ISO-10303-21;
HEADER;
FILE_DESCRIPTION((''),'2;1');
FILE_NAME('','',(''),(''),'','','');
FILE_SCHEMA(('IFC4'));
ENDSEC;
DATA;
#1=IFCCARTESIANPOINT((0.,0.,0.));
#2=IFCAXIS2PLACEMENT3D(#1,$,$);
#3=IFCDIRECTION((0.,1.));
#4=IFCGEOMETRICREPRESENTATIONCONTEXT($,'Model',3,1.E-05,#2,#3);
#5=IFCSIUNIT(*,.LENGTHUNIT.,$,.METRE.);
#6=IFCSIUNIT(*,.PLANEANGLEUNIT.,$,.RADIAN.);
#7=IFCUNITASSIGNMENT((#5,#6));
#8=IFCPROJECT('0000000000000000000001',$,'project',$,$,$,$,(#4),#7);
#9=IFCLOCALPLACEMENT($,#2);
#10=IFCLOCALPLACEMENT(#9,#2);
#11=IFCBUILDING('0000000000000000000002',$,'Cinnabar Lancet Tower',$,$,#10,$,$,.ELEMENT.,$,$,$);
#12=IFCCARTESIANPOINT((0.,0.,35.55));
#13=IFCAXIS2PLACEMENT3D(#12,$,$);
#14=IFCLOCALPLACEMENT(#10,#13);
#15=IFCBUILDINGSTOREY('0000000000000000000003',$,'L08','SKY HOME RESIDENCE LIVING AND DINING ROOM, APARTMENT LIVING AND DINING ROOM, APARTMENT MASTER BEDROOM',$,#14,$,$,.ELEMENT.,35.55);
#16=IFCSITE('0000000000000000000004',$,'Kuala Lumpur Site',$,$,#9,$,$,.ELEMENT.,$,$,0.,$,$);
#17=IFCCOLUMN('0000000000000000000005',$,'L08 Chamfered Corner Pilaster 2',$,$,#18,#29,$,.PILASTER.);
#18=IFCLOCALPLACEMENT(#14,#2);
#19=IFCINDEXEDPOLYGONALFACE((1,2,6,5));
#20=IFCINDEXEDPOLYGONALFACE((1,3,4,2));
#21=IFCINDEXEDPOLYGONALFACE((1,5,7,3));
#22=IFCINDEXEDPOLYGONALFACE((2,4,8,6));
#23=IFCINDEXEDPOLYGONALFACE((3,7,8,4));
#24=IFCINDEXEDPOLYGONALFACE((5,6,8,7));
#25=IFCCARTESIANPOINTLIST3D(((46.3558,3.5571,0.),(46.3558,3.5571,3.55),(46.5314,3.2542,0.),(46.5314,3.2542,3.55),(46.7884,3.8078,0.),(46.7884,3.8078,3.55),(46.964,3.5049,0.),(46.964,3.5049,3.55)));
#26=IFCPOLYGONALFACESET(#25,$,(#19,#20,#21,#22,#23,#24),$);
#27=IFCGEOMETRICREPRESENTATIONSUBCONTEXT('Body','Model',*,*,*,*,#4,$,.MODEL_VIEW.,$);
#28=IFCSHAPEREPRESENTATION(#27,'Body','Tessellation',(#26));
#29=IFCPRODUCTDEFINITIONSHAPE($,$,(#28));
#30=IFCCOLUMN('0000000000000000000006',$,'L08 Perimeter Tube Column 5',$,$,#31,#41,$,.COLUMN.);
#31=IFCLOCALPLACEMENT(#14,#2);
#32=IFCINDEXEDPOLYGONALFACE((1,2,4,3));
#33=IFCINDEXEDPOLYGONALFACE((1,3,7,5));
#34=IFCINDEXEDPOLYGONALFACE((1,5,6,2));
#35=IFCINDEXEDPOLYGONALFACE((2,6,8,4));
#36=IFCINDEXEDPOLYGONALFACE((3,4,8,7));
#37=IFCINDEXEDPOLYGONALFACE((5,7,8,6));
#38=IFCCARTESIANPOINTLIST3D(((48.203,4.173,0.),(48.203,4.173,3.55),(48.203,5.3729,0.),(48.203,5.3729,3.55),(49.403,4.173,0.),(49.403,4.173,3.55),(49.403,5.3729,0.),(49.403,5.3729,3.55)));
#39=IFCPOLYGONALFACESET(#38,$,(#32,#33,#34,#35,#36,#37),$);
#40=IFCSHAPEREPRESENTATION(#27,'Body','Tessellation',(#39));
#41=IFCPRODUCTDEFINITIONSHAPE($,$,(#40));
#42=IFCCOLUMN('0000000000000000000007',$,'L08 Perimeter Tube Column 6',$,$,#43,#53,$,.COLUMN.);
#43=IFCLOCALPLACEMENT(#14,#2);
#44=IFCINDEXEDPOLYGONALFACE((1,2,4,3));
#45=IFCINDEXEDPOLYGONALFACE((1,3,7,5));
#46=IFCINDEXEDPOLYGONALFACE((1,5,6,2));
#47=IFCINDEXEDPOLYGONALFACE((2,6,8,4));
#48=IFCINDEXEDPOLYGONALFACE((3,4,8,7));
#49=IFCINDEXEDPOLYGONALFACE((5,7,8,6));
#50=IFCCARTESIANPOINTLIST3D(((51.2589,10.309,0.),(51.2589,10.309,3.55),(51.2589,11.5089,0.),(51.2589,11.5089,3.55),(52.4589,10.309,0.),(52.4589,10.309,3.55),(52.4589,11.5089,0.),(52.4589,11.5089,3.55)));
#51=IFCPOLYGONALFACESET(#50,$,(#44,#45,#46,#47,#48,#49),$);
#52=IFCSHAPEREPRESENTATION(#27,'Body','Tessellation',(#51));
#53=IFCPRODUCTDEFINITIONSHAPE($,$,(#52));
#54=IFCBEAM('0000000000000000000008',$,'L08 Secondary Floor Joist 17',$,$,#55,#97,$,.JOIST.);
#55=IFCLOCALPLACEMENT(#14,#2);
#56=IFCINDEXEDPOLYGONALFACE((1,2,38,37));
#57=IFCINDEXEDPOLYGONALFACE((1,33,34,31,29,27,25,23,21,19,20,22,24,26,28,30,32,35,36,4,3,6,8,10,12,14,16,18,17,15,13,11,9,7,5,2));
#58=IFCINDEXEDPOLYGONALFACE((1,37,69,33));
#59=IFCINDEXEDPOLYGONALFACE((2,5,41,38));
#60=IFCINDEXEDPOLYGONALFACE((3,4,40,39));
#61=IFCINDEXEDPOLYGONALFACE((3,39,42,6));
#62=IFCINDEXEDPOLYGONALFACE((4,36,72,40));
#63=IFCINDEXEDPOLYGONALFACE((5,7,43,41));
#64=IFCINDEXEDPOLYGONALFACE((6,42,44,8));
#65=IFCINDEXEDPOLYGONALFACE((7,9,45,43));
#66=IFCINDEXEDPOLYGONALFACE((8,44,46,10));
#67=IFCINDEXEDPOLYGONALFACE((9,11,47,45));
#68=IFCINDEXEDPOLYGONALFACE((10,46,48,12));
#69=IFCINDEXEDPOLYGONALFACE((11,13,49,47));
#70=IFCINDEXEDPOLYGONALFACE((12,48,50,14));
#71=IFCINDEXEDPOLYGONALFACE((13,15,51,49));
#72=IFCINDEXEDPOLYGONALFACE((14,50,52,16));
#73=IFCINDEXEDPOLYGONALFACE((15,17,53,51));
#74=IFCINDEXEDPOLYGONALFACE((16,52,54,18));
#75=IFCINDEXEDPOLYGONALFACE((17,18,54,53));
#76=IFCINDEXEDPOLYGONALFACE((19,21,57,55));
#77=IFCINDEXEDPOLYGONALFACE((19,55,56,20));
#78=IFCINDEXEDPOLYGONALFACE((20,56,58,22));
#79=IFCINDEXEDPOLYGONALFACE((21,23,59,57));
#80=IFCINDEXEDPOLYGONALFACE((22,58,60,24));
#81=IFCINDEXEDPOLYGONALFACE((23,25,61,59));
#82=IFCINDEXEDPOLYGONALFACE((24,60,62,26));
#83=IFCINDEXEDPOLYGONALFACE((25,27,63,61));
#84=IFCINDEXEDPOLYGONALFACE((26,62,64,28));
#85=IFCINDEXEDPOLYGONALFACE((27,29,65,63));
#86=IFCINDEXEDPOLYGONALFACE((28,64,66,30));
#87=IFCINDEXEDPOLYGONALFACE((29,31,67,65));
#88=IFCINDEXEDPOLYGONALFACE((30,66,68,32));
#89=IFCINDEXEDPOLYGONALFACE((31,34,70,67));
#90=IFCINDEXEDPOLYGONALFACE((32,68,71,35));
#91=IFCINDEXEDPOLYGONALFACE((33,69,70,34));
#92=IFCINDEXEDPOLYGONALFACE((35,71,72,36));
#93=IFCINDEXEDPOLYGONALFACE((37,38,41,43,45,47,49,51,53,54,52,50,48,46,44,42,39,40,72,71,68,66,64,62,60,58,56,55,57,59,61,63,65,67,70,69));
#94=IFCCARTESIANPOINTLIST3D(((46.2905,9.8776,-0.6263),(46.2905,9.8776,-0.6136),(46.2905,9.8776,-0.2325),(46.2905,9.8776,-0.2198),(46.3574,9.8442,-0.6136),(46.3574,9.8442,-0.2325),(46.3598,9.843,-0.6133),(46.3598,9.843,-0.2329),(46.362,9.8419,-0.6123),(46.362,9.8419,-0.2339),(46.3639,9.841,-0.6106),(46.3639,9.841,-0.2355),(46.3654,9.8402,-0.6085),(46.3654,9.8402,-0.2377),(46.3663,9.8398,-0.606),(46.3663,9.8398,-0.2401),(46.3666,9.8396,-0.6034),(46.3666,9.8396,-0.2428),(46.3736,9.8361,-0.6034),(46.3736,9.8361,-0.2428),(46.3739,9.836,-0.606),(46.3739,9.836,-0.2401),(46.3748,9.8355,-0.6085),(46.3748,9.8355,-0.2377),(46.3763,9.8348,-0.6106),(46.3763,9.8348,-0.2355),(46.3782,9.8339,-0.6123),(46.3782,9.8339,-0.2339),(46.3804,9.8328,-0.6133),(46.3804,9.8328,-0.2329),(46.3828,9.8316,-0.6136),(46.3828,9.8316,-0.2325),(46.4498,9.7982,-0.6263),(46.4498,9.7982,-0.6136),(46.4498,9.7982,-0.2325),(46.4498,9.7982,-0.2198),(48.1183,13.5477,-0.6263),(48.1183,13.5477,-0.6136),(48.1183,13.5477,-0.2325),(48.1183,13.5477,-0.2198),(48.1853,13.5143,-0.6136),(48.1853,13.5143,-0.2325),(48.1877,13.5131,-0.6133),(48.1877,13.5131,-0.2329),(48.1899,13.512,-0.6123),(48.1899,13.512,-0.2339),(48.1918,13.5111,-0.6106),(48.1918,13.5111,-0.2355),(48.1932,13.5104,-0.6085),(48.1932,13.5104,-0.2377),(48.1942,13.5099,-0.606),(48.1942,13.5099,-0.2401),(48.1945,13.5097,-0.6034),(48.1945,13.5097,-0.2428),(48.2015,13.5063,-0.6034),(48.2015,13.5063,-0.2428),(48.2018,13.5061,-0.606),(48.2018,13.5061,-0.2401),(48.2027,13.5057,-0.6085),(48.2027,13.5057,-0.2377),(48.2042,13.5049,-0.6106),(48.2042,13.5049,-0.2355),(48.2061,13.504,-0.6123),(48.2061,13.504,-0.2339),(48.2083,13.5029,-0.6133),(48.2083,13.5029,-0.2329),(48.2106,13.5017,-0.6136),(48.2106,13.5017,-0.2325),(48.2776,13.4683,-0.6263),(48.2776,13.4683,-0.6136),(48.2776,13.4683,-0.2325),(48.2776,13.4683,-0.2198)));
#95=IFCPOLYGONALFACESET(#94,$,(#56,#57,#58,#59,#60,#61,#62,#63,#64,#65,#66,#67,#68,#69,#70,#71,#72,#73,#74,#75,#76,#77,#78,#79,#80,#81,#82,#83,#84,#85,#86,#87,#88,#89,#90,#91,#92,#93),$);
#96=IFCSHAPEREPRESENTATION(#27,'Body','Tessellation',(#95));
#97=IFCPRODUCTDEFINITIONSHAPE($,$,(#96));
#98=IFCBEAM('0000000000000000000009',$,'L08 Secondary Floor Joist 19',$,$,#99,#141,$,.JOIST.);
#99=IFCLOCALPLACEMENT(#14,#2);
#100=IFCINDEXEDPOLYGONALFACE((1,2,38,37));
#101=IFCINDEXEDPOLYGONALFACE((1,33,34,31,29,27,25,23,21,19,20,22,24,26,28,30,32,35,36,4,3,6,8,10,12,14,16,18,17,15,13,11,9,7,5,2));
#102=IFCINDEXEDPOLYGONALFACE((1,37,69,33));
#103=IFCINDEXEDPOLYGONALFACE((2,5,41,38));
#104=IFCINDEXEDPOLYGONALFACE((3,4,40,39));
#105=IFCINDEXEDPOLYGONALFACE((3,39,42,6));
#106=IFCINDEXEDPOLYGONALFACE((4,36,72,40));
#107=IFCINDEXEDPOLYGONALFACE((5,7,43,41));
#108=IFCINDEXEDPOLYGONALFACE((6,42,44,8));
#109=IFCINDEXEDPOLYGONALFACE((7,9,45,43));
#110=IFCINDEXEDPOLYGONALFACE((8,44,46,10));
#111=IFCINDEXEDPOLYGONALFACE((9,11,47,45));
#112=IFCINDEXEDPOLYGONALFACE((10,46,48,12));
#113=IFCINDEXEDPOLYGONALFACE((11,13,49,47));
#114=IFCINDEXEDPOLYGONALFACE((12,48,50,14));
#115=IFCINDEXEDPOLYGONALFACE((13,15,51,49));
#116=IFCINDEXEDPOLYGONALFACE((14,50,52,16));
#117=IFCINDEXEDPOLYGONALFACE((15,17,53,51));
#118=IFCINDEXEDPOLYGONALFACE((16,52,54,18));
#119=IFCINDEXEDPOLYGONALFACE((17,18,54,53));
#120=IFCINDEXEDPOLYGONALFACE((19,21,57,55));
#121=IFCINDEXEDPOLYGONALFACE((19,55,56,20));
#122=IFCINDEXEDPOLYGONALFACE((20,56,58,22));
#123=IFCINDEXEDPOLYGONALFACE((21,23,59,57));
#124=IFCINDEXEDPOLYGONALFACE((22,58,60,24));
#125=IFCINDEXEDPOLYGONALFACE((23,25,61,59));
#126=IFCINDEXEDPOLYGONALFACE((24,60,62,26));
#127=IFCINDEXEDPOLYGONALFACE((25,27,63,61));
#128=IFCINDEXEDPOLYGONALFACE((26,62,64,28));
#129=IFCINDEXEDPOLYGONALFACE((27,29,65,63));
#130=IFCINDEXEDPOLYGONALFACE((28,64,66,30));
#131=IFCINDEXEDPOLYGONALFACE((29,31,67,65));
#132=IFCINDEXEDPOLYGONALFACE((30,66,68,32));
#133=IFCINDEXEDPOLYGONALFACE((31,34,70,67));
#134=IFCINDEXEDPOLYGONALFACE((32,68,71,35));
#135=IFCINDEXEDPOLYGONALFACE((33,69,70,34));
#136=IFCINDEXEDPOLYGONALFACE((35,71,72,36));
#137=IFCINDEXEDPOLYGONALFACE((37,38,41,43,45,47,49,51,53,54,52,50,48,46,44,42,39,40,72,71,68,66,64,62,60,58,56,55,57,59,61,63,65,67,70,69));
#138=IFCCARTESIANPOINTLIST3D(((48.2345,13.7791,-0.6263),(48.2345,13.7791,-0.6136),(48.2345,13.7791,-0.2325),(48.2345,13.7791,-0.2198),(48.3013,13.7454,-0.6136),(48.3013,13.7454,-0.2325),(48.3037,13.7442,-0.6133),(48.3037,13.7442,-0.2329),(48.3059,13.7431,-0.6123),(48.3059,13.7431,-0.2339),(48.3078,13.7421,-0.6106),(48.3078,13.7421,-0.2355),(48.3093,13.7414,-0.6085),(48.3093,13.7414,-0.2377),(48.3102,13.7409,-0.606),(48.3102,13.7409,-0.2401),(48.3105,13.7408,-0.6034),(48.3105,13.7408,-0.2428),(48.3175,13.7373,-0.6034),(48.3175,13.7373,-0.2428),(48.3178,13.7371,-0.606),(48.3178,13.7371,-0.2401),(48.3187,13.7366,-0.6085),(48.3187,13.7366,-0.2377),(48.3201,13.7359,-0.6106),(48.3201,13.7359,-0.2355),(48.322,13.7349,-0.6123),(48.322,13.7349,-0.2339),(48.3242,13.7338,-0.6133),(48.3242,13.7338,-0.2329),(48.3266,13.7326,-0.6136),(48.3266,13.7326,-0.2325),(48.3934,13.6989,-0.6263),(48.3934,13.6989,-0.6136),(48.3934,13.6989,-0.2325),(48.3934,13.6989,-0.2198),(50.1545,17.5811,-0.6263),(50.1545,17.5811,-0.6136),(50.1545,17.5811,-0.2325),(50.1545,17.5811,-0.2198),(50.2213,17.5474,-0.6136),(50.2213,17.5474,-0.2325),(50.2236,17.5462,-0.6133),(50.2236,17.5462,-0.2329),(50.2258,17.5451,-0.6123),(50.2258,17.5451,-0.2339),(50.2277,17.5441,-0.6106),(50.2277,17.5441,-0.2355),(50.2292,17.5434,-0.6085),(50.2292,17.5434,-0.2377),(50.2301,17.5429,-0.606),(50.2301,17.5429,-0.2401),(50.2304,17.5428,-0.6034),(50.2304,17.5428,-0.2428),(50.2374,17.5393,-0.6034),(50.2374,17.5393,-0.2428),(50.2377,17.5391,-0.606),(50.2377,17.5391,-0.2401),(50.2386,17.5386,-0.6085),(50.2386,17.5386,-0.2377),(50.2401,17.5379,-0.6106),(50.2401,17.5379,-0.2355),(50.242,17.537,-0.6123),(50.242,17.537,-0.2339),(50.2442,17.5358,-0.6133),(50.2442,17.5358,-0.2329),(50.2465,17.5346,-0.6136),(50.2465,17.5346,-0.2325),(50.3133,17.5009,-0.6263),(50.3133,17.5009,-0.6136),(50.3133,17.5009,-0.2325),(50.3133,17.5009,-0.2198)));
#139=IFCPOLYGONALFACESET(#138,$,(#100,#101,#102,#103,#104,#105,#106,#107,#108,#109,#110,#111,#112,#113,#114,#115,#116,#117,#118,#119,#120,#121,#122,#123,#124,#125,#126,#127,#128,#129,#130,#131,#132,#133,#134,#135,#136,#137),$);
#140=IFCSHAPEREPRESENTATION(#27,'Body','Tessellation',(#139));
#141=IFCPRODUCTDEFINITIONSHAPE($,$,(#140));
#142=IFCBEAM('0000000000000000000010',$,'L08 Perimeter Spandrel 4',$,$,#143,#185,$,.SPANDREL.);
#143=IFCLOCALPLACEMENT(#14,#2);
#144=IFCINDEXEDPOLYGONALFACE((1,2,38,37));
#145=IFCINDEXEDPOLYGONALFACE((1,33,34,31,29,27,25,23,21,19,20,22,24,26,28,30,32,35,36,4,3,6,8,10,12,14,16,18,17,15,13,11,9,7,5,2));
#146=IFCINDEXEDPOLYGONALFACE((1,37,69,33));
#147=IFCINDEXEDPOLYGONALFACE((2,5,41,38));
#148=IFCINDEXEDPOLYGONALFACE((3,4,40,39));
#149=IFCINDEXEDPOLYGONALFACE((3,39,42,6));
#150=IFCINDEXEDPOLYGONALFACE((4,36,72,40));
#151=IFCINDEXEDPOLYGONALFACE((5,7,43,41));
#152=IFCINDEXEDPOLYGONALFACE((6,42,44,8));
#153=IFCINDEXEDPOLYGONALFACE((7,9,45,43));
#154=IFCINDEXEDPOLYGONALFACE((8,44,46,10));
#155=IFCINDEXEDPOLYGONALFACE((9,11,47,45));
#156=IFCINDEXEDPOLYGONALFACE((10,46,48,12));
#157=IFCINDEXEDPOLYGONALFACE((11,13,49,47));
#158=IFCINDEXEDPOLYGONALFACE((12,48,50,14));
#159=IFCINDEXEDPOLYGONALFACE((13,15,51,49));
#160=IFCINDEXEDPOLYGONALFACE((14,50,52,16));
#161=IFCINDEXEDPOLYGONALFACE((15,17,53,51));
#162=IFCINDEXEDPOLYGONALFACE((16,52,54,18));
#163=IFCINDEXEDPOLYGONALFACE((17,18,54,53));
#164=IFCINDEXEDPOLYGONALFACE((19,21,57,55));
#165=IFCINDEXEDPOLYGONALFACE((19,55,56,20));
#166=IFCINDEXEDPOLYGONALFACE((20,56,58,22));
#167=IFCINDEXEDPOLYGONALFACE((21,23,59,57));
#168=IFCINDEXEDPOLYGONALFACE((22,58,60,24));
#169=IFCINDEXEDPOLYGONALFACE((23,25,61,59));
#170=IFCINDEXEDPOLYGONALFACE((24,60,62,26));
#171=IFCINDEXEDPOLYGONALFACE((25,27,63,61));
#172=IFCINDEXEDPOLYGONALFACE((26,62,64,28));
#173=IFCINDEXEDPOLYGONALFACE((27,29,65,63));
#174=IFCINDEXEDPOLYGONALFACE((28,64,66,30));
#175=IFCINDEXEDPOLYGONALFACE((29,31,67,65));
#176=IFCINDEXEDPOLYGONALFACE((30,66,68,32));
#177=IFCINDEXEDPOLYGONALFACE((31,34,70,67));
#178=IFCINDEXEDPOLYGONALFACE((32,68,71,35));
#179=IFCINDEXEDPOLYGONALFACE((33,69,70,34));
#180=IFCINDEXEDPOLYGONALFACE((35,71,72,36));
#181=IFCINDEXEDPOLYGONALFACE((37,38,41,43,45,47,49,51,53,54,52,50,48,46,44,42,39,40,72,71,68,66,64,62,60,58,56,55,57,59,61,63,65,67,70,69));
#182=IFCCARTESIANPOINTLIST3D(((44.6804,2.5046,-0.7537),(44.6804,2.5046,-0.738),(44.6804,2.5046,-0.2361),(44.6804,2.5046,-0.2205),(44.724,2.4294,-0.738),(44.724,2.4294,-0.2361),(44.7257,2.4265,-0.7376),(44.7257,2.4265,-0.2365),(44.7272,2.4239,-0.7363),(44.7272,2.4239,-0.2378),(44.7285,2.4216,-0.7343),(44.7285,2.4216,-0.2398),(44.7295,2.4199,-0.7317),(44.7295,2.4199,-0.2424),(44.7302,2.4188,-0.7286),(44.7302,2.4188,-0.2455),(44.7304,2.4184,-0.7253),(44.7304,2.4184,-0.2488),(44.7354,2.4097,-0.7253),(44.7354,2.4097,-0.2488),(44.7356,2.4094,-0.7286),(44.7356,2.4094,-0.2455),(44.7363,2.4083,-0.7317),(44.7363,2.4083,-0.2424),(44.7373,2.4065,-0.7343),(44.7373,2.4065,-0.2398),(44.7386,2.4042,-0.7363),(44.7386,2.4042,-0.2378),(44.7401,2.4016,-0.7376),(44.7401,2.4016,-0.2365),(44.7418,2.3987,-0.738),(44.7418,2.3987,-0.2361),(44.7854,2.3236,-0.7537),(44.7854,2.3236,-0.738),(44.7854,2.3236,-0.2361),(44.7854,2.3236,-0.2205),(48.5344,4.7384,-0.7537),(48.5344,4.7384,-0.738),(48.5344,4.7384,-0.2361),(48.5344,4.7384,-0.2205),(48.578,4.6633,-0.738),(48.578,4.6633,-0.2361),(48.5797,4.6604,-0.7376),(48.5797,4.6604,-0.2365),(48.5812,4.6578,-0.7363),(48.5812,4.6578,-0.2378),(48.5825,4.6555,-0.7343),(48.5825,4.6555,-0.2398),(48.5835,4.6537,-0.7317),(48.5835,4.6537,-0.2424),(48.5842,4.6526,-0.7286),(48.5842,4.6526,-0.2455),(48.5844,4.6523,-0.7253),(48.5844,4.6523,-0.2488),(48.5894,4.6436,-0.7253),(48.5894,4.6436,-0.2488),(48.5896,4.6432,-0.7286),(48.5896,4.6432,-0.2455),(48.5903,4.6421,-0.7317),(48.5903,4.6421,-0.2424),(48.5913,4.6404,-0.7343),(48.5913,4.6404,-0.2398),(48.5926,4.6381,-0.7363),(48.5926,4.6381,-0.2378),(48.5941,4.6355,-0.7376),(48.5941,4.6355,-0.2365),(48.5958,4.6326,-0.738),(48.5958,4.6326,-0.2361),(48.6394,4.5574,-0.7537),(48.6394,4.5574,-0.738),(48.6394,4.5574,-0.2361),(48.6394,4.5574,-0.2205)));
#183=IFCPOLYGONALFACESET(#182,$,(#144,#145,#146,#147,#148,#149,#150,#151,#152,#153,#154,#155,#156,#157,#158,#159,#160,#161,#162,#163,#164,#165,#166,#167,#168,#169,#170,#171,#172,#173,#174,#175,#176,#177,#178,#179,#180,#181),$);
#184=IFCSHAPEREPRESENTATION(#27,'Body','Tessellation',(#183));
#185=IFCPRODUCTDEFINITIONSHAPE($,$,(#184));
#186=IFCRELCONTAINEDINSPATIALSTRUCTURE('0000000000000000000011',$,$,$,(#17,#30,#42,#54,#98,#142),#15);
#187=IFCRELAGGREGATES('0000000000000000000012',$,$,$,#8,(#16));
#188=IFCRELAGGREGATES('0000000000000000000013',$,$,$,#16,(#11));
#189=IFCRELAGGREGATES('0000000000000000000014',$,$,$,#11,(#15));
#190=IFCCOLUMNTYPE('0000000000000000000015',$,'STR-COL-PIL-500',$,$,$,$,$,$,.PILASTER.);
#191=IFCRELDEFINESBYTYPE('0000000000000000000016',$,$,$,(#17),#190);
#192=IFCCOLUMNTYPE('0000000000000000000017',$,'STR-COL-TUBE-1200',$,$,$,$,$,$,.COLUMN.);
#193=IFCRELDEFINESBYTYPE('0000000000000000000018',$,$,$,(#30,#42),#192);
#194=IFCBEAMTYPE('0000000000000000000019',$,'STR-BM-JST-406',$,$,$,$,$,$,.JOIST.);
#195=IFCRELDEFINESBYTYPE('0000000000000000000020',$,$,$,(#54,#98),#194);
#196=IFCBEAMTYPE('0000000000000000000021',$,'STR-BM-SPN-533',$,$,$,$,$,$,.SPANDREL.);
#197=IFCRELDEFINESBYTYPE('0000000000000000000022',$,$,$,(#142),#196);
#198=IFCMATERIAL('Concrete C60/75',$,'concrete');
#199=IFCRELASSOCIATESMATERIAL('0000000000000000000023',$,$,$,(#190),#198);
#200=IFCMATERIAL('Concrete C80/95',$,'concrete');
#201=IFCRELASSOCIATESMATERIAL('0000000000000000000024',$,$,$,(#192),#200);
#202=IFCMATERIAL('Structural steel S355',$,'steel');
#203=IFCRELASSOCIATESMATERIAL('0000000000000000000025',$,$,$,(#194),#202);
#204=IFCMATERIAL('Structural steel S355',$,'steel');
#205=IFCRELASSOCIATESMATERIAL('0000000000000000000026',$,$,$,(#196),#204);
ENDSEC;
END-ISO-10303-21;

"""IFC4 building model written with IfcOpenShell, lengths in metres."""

from ifc_helpers import new_model, si_unit, direction, frame, origin, origin_2d, place, context, subcontext, project, spatial, rectangle, i_section, extrude, material, material_profile, profile_set, type_object, element, save


model = new_model("IFC4")

# Units and contexts
model_context = context("Model", 3, precision=1e-05, world=origin(), true_north=direction((0.0, 1.0)))
body_context = subcontext(model_context, "Body", "Model", "MODEL_VIEW")
ifc_project = project(units=[si_unit("LENGTHUNIT", "METRE"), si_unit("PLANEANGLEUNIT", "RADIAN")], contexts=[model_context])

# Site, building, storey
site_placement = place(None, origin())
site = spatial("IfcSite", under=ifc_project, at=site_placement, Name="Kuala Lumpur Site", CompositionType="ELEMENT", RefElevation=0.0)
building_placement = place(site_placement, origin())
building = spatial("IfcBuilding", under=site, at=building_placement, Name="Cinnabar Lancet Tower", CompositionType="ELEMENT")
storey_placement = place(building_placement, frame((0.0, 0.0, 35.55)))
storey = spatial("IfcBuildingStorey", under=building, at=storey_placement, Name="L08", Description="SKY HOME RESIDENCE LIVING AND DINING ROOM, APARTMENT LIVING AND DINING ROOM, APARTMENT MASTER BEDROOM", CompositionType="ELEMENT", Elevation=35.55)

# Columns
ifc_material_1 = material(Name="Concrete C60/75", Category="concrete")
ifc_material_profile_1 = material_profile(ifc_material_1, rectangle(XDim=0.5, YDim=0.3501, at=origin_2d()), Name="RC-PIL 500x350")
ifc_profile_set_1 = profile_set([ifc_material_profile_1], Name="Concrete C60/75")
column_type_1 = type_object("IfcColumnType", Name="STR-COL-PIL-500", PredefinedType="PILASTER", material=ifc_profile_set_1)
column_placement = place(storey_placement, frame((46.6599, 3.531, 0.0), z_axis=(0.0, 0.0, 1.0), x_axis=(0.865195, 0.501435, 0.0)))
element("IfcColumn", 1, at=column_placement, inside=storey, type_object=column_type_1, Name="L08 Chamfered Corner Pilaster 2", PredefinedType="PILASTER", context=body_context, shape_type="SweptSolid", body=[
    extrude(rectangle(XDim=0.5, YDim=0.3501, at=origin_2d()), origin(), (0.0, 0.0, 1.0), 3.55),
])
ifc_material_2 = material(Name="Concrete C80/95", Category="concrete")
ifc_material_profile_2 = material_profile(ifc_material_2, rectangle(XDim=1.2, YDim=1.2, at=origin_2d()), Name="RC-COL 1200x1200")
ifc_profile_set_2 = profile_set([ifc_material_profile_2], Name="Concrete C80/95")
column_type_2 = type_object("IfcColumnType", Name="STR-COL-TUBE-1200", PredefinedType="COLUMN", material=ifc_profile_set_2)
for number, where, z_axis, x_axis, name in (
    (2, (48.803, 4.7729, 0.0), (0.0, 0.0, 1.0), (1.0, 0.0, 0.0), "L08 Perimeter Tube Column 5"),
    (3, (51.8589, 10.9089, 0.0), (0.0, 0.0, 1.0), (1.0, 0.0, 0.0), "L08 Perimeter Tube Column 6"),
):
    element("IfcColumn", number, at=place(storey_placement, frame(where, z_axis=z_axis, x_axis=x_axis)), inside=storey, type_object=column_type_2, Name=name, PredefinedType="COLUMN", context=body_context, shape_type="SweptSolid", body=[
        extrude(rectangle(XDim=1.2, YDim=1.2, at=origin_2d()), origin(), (0.0, 0.0, 1.0), 3.55),
    ])

# Beams
ifc_material_3 = material(Name="Structural steel S355", Category="steel")
ifc_material_profile_3 = material_profile(ifc_material_3, i_section(OverallWidth=0.178, OverallDepth=0.4065, WebThickness=0.0078, FlangeThickness=0.0127, FilletRadius=0.0103, at=origin_2d()), Name="UKB 406x178x60")
ifc_profile_set_3 = profile_set([ifc_material_profile_3], Name="Structural steel S355")
beam_type_1 = type_object("IfcBeamType", Name="STR-BM-JST-406", PredefinedType="JOIST", material=ifc_profile_set_3)
beam_1_placement = place(storey_placement, frame((46.3701, 9.8379, -0.4231), z_axis=(0.445808, 0.895129, 0.0), x_axis=(-0.895129, 0.445808, 0.0)))
element("IfcBeam", 4, at=beam_1_placement, inside=storey, type_object=beam_type_1, Name="L08 Secondary Floor Joist 17", PredefinedType="JOIST", context=body_context, shape_type="SweptSolid", body=[
    extrude(i_section(OverallWidth=0.178, OverallDepth=0.4065, WebThickness=0.0078, FlangeThickness=0.0127, FilletRadius=0.0103, at=origin_2d()), origin(), (0.0, 0.0, 1.0), 4.1001),
])
beam_2_placement = place(storey_placement, frame((48.314, 13.739, -0.4231), z_axis=(0.450764, 0.892643, 0.0), x_axis=(-0.892643, 0.450764, 0.0)))
element("IfcBeam", 5, at=beam_2_placement, inside=storey, type_object=beam_type_1, Name="L08 Secondary Floor Joist 19", PredefinedType="JOIST", context=body_context, shape_type="SweptSolid", body=[
    extrude(i_section(OverallWidth=0.178, OverallDepth=0.4065, WebThickness=0.0078, FlangeThickness=0.0127, FilletRadius=0.0103, at=origin_2d()), origin(), (0.0, 0.0, 1.0), 4.2593),
])
ifc_material_4 = material(Name="Structural steel S355", Category="steel")
ifc_material_profile_4 = material_profile(ifc_material_4, i_section(OverallWidth=0.2092, OverallDepth=0.5332, WebThickness=0.01, FlangeThickness=0.0156, FilletRadius=0.0127, at=origin_2d()), Name="UKB 533x210x92")
ifc_profile_set_4 = profile_set([ifc_material_profile_4], Name="Structural steel S355")
beam_type_2 = type_object("IfcBeamType", Name="STR-BM-SPN-533", PredefinedType="SPANDREL", material=ifc_profile_set_4)
beam_3_placement = place(storey_placement, frame((44.7329, 2.4141, -0.4871), z_axis=(0.865171, 0.501477, 0.0), x_axis=(-0.501477, 0.865171, 0.0)))
element("IfcBeam", 6, at=beam_3_placement, inside=storey, type_object=beam_type_2, Name="L08 Perimeter Spandrel 4", PredefinedType="SPANDREL", context=body_context, shape_type="SweptSolid", body=[
    extrude(i_section(OverallWidth=0.2092, OverallDepth=0.5332, WebThickness=0.01, FlangeThickness=0.0156, FilletRadius=0.0127, at=origin_2d()), origin(), (0.0, 0.0, 1.0), 4.4546),
])

save(model, "model.ifc")
